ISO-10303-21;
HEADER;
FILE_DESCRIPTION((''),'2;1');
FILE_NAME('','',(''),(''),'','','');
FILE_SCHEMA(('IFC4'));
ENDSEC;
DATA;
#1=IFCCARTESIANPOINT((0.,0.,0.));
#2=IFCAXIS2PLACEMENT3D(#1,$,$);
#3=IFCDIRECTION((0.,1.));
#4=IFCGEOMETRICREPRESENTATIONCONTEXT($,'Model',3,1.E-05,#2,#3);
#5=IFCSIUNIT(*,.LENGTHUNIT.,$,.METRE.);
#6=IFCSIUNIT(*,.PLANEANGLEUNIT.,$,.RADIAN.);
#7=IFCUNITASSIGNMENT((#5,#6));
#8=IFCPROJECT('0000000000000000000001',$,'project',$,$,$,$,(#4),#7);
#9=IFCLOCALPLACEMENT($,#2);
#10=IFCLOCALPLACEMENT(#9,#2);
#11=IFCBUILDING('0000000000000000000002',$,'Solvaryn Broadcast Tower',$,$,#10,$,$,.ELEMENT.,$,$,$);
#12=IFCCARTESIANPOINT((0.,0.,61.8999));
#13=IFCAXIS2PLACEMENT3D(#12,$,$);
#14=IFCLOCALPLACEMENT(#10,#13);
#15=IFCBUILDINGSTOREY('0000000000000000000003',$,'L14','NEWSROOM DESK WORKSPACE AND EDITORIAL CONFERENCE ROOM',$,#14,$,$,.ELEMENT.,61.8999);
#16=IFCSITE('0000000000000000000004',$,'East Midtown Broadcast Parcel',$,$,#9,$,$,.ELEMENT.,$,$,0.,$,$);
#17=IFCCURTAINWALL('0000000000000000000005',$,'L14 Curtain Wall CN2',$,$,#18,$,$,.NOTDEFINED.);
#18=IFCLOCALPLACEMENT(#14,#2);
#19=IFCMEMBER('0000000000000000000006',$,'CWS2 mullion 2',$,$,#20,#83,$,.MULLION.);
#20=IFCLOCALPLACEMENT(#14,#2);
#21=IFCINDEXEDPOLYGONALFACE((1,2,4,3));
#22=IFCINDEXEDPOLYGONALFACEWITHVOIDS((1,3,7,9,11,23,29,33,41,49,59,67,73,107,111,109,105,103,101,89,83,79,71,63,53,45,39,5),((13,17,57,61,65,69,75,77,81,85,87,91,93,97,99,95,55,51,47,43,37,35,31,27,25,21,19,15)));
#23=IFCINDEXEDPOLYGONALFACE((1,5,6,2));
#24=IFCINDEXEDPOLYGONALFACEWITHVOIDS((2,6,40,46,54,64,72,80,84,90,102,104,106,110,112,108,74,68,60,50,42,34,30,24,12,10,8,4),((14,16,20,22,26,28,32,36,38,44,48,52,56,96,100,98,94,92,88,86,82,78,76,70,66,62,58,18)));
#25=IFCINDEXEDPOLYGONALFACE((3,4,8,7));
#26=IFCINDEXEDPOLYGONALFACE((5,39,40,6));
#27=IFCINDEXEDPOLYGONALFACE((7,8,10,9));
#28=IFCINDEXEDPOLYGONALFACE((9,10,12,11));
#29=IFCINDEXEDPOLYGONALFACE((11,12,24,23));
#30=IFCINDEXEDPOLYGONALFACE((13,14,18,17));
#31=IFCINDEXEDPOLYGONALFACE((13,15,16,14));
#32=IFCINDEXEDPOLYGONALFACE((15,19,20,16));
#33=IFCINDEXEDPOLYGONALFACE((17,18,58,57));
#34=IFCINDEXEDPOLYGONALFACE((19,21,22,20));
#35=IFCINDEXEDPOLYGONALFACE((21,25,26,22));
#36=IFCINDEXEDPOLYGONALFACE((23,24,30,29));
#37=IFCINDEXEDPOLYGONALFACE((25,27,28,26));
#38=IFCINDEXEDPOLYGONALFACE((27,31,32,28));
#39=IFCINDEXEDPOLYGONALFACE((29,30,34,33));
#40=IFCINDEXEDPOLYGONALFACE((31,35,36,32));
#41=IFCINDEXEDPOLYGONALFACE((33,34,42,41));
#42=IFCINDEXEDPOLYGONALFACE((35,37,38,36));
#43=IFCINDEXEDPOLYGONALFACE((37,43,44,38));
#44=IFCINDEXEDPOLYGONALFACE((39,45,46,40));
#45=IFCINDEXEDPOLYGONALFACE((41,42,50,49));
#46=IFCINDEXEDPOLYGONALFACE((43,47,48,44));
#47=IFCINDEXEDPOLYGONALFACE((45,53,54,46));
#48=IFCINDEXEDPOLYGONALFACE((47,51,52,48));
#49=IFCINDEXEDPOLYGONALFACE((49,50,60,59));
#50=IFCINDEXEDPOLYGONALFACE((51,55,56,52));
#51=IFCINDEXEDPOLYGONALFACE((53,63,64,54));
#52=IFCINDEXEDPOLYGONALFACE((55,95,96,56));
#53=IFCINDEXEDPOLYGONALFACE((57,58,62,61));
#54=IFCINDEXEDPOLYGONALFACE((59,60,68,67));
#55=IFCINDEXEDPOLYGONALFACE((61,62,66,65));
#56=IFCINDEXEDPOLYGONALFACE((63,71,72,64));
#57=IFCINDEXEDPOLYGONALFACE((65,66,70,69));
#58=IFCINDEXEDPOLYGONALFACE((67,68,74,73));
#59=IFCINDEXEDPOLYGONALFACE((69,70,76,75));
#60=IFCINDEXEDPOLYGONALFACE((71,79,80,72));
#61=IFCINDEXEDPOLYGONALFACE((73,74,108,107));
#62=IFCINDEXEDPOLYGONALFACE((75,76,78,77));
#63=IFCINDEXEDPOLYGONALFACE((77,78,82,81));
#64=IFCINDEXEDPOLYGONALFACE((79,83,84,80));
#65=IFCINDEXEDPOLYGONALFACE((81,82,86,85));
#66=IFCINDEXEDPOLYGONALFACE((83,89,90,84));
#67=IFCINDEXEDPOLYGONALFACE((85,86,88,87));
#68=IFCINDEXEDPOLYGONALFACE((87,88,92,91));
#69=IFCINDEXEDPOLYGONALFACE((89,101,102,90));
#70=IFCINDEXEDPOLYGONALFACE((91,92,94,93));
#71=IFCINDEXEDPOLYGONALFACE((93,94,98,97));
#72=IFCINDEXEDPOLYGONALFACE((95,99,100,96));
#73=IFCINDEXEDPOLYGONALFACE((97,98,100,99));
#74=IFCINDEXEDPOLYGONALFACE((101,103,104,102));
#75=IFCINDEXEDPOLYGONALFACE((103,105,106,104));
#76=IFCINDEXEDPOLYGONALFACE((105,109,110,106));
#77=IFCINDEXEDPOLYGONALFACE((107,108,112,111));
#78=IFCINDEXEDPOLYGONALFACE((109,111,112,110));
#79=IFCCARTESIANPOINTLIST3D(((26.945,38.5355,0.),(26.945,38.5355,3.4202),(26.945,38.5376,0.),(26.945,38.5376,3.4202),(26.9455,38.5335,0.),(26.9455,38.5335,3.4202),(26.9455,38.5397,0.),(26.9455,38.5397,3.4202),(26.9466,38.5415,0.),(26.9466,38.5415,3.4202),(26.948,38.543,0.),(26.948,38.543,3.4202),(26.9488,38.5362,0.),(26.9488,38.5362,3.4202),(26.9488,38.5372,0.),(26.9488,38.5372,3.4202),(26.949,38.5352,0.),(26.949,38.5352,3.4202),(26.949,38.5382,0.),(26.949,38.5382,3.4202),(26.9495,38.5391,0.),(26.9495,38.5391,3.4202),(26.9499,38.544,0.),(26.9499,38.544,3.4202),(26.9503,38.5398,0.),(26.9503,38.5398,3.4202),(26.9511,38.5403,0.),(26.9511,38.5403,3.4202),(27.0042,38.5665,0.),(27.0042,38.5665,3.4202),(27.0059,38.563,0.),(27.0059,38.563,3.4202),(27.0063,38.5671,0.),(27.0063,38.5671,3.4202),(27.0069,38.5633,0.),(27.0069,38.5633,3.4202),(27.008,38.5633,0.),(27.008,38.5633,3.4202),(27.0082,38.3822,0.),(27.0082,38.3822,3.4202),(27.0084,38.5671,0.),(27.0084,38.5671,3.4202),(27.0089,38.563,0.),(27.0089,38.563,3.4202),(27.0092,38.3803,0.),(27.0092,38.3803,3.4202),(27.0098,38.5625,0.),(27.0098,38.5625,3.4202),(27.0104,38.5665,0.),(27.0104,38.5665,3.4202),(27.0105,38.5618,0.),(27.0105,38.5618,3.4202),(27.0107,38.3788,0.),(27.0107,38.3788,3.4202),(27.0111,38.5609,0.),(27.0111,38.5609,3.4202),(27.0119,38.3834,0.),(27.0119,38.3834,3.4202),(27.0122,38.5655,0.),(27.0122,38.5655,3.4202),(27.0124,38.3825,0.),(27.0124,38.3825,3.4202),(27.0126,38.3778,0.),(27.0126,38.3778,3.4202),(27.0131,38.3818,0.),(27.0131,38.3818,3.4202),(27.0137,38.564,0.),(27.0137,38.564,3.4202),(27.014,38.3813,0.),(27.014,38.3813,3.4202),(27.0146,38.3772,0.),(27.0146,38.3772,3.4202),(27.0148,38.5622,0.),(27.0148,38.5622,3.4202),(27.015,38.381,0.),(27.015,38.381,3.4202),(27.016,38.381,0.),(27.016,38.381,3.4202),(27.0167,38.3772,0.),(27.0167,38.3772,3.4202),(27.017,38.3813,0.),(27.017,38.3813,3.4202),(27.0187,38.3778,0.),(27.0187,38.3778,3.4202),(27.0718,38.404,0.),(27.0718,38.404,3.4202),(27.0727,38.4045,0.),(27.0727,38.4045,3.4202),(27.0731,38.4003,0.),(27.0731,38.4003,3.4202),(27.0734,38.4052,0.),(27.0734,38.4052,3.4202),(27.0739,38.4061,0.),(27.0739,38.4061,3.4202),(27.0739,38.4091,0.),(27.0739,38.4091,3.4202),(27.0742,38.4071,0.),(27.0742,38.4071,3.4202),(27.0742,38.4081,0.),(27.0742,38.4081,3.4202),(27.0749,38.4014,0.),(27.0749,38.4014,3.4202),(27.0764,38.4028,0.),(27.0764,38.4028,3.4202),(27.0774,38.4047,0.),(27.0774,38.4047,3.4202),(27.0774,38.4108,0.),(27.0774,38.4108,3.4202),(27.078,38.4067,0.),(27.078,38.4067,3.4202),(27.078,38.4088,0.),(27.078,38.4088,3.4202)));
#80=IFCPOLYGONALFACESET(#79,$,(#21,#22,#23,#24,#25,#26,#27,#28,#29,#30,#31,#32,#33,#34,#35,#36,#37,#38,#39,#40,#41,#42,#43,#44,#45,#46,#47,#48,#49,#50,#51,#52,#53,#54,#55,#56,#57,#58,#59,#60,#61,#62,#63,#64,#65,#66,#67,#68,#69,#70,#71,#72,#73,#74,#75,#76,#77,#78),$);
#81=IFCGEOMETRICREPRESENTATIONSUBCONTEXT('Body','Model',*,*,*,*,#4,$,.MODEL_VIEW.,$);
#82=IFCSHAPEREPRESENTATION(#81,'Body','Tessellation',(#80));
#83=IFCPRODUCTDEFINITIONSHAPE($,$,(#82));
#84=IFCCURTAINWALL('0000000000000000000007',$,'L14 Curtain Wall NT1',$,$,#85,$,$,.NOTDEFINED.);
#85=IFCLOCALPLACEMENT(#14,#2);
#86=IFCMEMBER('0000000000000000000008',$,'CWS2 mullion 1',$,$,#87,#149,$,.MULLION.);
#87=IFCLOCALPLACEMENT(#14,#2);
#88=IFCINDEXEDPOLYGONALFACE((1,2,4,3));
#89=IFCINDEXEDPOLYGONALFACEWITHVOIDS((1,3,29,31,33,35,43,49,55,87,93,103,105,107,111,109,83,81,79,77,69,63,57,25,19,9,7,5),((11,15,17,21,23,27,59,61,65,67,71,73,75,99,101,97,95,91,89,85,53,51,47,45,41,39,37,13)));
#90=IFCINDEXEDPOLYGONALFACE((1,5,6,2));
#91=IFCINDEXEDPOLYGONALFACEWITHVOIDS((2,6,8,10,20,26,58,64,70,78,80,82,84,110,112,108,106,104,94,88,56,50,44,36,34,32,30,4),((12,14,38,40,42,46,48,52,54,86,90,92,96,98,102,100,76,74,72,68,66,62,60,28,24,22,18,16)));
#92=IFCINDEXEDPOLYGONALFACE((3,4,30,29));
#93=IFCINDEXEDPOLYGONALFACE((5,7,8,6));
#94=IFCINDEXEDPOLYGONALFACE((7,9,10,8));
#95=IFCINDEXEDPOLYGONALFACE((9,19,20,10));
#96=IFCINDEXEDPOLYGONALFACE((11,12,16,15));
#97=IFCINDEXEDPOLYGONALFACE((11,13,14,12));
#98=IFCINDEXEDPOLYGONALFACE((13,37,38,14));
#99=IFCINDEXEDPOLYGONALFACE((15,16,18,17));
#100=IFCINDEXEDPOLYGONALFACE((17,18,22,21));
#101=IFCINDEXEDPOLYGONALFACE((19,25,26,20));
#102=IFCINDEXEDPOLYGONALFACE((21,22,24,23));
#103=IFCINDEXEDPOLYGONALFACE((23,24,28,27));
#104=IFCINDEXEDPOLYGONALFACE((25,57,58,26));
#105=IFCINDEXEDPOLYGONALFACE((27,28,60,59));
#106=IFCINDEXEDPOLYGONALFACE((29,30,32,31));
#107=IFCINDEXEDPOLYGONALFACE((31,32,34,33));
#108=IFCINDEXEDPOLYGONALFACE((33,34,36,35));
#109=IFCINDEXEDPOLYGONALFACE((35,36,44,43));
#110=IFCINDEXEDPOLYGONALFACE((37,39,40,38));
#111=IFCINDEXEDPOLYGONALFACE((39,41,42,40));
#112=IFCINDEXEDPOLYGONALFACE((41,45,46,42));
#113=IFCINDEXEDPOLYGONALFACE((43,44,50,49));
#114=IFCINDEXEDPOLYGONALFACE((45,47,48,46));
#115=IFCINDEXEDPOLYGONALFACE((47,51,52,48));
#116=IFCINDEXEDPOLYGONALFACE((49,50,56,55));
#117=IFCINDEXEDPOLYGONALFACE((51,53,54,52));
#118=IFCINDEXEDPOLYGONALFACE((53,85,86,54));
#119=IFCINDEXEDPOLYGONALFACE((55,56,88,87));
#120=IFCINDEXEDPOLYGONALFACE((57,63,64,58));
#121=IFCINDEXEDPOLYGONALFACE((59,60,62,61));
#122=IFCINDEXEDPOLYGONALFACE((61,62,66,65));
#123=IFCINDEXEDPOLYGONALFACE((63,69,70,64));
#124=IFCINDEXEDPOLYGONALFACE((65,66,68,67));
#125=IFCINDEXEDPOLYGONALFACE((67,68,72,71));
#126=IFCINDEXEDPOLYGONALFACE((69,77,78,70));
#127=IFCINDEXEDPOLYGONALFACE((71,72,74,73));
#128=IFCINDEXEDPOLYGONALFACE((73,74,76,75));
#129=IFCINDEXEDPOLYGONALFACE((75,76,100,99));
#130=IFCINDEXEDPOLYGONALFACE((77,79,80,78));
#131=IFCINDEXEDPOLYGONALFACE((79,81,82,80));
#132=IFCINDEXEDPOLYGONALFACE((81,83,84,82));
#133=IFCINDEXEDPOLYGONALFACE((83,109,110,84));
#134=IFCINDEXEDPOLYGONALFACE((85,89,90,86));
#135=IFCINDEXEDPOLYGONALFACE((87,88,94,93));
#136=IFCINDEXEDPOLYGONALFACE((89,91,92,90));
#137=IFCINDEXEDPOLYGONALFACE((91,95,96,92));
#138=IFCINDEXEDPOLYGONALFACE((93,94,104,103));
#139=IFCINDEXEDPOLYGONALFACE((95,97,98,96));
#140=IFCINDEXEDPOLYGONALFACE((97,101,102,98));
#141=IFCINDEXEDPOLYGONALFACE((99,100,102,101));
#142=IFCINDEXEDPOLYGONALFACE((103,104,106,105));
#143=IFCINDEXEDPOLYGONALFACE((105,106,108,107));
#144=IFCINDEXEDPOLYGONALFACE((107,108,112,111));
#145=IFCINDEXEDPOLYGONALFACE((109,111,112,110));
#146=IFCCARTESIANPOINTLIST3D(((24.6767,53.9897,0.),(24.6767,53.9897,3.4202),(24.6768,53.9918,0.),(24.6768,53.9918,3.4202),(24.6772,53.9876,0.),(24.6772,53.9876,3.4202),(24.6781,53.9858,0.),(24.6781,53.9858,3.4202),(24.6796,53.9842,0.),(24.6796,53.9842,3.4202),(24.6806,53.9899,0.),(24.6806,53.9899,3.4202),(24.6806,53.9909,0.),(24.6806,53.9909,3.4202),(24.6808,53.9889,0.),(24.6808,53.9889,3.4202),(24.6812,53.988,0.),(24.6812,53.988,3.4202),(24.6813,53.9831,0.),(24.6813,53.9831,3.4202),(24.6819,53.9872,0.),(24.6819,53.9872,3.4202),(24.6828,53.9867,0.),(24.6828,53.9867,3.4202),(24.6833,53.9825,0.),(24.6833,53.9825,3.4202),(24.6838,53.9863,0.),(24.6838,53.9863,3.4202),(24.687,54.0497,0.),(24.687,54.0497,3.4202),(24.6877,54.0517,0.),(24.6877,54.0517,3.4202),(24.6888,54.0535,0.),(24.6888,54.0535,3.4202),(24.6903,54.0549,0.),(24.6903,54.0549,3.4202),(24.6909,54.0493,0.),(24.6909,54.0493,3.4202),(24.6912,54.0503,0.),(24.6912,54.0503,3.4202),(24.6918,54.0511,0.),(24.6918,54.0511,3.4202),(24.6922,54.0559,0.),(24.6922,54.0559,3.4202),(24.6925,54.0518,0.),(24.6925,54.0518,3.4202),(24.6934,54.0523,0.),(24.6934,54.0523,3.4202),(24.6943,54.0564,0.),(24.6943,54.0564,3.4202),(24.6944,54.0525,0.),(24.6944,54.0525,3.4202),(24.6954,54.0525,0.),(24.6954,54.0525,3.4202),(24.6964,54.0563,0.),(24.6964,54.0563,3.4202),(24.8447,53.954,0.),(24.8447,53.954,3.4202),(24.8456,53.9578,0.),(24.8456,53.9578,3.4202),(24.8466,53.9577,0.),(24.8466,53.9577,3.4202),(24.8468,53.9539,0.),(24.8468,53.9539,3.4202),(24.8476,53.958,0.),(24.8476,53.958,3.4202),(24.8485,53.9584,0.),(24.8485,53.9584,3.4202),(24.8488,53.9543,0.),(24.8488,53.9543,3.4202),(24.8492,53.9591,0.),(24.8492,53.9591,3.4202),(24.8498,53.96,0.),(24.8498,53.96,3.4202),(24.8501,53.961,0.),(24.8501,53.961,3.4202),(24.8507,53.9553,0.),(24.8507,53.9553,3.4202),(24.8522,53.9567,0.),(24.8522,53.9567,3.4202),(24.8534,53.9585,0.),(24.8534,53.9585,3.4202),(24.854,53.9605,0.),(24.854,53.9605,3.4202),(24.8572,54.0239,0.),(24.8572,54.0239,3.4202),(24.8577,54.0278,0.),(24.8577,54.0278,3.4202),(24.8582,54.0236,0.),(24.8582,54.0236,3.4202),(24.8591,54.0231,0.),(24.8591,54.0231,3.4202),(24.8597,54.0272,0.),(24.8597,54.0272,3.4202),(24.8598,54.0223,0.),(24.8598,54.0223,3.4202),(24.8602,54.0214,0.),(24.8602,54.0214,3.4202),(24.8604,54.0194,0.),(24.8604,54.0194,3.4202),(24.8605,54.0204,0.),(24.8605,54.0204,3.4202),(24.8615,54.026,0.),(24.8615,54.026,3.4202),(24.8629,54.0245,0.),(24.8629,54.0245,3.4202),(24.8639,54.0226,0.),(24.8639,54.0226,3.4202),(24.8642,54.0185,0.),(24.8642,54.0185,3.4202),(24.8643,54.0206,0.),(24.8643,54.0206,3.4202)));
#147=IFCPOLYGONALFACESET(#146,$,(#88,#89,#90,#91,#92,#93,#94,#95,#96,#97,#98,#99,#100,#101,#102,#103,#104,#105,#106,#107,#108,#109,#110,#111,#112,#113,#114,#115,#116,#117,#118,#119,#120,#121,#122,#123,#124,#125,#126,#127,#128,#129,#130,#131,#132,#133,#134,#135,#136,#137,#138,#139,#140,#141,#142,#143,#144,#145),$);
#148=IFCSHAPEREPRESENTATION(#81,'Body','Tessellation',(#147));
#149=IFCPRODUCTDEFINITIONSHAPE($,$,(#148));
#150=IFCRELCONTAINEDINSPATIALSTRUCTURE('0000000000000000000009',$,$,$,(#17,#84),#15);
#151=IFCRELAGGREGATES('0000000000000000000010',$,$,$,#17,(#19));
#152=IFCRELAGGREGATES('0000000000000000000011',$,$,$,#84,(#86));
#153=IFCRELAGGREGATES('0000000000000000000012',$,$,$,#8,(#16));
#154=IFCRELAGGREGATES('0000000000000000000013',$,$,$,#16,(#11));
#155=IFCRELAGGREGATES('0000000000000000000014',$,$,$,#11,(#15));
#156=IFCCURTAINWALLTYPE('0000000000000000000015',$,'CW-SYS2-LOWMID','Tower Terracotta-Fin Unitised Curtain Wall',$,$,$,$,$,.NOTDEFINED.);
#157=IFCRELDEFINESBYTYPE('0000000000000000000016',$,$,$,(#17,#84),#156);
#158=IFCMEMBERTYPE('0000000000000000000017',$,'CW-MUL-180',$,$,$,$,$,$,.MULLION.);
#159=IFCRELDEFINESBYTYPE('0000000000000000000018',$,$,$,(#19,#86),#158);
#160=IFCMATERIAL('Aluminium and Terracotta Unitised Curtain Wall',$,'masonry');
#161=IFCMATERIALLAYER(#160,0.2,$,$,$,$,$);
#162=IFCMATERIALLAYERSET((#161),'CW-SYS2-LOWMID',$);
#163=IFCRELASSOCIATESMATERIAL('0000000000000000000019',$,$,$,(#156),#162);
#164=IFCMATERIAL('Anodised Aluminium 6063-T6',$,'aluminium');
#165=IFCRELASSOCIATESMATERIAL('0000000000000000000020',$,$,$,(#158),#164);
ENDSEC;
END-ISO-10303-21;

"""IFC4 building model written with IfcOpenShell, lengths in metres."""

from ifc_helpers import new_model, si_unit, direction, frame, origin, origin_2d, place, context, subcontext, project, spatial, hollow_rectangle, extrude, material, layer, layer_set, material_profile, profile_set, type_object, element, aggregate, save


model = new_model("IFC4")

# Units and contexts
model_context = context("Model", 3, precision=1e-05, world=origin(), true_north=direction((0.0, 1.0)))
body_context = subcontext(model_context, "Body", "Model", "MODEL_VIEW")
ifc_project = project(units=[si_unit("LENGTHUNIT", "METRE"), si_unit("PLANEANGLEUNIT", "RADIAN")], contexts=[model_context])

# Site, building, storey
site_placement = place(None, origin())
site = spatial("IfcSite", under=ifc_project, at=site_placement, Name="East Midtown Broadcast Parcel", CompositionType="ELEMENT", RefElevation=0.0)
building_placement = place(site_placement, origin())
building = spatial("IfcBuilding", under=site, at=building_placement, Name="Solvaryn Broadcast Tower", CompositionType="ELEMENT")
storey_placement = place(building_placement, frame((0.0, 0.0, 61.8999)))
storey = spatial("IfcBuildingStorey", under=building, at=storey_placement, Name="L14", Description="NEWSROOM DESK WORKSPACE AND EDITORIAL CONFERENCE ROOM", CompositionType="ELEMENT", Elevation=61.8999)

# Shared definitions
ifc_material_1 = material(Name="Aluminium and Terracotta Unitised Curtain Wall", Category="masonry")
ifc_layer_1 = layer(ifc_material_1, 0.2)
ifc_layer_set_1 = layer_set([ifc_layer_1], Name="CW-SYS2-LOWMID")
curtain_wall_type = type_object("IfcCurtainWallType", Name="CW-SYS2-LOWMID", Description="Tower Terracotta-Fin Unitised Curtain Wall", PredefinedType="NOTDEFINED", material=ifc_layer_set_1)
ifc_material_2 = material(Name="Anodised Aluminium 6063-T6", Category="aluminium")
ifc_material_profile_1 = material_profile(ifc_material_2, hollow_rectangle(XDim=0.075, YDim=0.1799, WallThickness=0.0039, InnerFilletRadius=0.0039, OuterFilletRadius=0.0081, at=origin_2d()))
ifc_profile_set_1 = profile_set([ifc_material_profile_1], Name="Anodised Aluminium 6063-T6")
member_type_1 = type_object("IfcMemberType", Name="CW-MUL-180", PredefinedType="MULLION", material=ifc_profile_set_1)

# Curtain walls, members
curtain_wall_1_placement = place(storey_placement, origin())
curtain_wall_1 = element("IfcCurtainWall", 1, at=curtain_wall_1_placement, inside=storey, type_object=curtain_wall_type, Name="L14 Curtain Wall CN2", PredefinedType="NOTDEFINED")
member_1_placement = place(storey_placement, frame((27.0115, 38.4722, 0.0), z_axis=(0.0, 0.0, 1.0), x_axis=(-0.923895, -0.382646, 0.0)))
member_1 = element("IfcMember", 2, at=member_1_placement, type_object=member_type_1, Name="CWS2 mullion 2", PredefinedType="MULLION", context=body_context, shape_type="SweptSolid", body=[
    extrude(hollow_rectangle(XDim=0.075, YDim=0.1799, WallThickness=0.0039, InnerFilletRadius=0.0039, OuterFilletRadius=0.0081, at=origin_2d()), origin(), (0.0, 0.0, 1.0), 3.4202),
])
aggregate(curtain_wall_1, [member_1])
curtain_wall_2_placement = place(storey_placement, origin())
curtain_wall_2 = element("IfcCurtainWall", 3, at=curtain_wall_2_placement, inside=storey, type_object=curtain_wall_type, Name="L14 Curtain Wall NT1", PredefinedType="NOTDEFINED")
member_2_placement = place(storey_placement, frame((24.7705, 54.0051, 0.0), z_axis=(0.0, 0.0, 1.0), x_axis=(-0.173785, -0.984784, 0.0)))
member_2 = element("IfcMember", 4, at=member_2_placement, type_object=member_type_1, Name="CWS2 mullion 1", PredefinedType="MULLION", context=body_context, shape_type="SweptSolid", body=[
    extrude(hollow_rectangle(XDim=0.075, YDim=0.1799, WallThickness=0.0039, InnerFilletRadius=0.0039, OuterFilletRadius=0.0081, at=origin_2d()), origin(), (0.0, 0.0, 1.0), 3.4202),
])

aggregate(curtain_wall_2, [member_2])

save(model, "model.ifc")
